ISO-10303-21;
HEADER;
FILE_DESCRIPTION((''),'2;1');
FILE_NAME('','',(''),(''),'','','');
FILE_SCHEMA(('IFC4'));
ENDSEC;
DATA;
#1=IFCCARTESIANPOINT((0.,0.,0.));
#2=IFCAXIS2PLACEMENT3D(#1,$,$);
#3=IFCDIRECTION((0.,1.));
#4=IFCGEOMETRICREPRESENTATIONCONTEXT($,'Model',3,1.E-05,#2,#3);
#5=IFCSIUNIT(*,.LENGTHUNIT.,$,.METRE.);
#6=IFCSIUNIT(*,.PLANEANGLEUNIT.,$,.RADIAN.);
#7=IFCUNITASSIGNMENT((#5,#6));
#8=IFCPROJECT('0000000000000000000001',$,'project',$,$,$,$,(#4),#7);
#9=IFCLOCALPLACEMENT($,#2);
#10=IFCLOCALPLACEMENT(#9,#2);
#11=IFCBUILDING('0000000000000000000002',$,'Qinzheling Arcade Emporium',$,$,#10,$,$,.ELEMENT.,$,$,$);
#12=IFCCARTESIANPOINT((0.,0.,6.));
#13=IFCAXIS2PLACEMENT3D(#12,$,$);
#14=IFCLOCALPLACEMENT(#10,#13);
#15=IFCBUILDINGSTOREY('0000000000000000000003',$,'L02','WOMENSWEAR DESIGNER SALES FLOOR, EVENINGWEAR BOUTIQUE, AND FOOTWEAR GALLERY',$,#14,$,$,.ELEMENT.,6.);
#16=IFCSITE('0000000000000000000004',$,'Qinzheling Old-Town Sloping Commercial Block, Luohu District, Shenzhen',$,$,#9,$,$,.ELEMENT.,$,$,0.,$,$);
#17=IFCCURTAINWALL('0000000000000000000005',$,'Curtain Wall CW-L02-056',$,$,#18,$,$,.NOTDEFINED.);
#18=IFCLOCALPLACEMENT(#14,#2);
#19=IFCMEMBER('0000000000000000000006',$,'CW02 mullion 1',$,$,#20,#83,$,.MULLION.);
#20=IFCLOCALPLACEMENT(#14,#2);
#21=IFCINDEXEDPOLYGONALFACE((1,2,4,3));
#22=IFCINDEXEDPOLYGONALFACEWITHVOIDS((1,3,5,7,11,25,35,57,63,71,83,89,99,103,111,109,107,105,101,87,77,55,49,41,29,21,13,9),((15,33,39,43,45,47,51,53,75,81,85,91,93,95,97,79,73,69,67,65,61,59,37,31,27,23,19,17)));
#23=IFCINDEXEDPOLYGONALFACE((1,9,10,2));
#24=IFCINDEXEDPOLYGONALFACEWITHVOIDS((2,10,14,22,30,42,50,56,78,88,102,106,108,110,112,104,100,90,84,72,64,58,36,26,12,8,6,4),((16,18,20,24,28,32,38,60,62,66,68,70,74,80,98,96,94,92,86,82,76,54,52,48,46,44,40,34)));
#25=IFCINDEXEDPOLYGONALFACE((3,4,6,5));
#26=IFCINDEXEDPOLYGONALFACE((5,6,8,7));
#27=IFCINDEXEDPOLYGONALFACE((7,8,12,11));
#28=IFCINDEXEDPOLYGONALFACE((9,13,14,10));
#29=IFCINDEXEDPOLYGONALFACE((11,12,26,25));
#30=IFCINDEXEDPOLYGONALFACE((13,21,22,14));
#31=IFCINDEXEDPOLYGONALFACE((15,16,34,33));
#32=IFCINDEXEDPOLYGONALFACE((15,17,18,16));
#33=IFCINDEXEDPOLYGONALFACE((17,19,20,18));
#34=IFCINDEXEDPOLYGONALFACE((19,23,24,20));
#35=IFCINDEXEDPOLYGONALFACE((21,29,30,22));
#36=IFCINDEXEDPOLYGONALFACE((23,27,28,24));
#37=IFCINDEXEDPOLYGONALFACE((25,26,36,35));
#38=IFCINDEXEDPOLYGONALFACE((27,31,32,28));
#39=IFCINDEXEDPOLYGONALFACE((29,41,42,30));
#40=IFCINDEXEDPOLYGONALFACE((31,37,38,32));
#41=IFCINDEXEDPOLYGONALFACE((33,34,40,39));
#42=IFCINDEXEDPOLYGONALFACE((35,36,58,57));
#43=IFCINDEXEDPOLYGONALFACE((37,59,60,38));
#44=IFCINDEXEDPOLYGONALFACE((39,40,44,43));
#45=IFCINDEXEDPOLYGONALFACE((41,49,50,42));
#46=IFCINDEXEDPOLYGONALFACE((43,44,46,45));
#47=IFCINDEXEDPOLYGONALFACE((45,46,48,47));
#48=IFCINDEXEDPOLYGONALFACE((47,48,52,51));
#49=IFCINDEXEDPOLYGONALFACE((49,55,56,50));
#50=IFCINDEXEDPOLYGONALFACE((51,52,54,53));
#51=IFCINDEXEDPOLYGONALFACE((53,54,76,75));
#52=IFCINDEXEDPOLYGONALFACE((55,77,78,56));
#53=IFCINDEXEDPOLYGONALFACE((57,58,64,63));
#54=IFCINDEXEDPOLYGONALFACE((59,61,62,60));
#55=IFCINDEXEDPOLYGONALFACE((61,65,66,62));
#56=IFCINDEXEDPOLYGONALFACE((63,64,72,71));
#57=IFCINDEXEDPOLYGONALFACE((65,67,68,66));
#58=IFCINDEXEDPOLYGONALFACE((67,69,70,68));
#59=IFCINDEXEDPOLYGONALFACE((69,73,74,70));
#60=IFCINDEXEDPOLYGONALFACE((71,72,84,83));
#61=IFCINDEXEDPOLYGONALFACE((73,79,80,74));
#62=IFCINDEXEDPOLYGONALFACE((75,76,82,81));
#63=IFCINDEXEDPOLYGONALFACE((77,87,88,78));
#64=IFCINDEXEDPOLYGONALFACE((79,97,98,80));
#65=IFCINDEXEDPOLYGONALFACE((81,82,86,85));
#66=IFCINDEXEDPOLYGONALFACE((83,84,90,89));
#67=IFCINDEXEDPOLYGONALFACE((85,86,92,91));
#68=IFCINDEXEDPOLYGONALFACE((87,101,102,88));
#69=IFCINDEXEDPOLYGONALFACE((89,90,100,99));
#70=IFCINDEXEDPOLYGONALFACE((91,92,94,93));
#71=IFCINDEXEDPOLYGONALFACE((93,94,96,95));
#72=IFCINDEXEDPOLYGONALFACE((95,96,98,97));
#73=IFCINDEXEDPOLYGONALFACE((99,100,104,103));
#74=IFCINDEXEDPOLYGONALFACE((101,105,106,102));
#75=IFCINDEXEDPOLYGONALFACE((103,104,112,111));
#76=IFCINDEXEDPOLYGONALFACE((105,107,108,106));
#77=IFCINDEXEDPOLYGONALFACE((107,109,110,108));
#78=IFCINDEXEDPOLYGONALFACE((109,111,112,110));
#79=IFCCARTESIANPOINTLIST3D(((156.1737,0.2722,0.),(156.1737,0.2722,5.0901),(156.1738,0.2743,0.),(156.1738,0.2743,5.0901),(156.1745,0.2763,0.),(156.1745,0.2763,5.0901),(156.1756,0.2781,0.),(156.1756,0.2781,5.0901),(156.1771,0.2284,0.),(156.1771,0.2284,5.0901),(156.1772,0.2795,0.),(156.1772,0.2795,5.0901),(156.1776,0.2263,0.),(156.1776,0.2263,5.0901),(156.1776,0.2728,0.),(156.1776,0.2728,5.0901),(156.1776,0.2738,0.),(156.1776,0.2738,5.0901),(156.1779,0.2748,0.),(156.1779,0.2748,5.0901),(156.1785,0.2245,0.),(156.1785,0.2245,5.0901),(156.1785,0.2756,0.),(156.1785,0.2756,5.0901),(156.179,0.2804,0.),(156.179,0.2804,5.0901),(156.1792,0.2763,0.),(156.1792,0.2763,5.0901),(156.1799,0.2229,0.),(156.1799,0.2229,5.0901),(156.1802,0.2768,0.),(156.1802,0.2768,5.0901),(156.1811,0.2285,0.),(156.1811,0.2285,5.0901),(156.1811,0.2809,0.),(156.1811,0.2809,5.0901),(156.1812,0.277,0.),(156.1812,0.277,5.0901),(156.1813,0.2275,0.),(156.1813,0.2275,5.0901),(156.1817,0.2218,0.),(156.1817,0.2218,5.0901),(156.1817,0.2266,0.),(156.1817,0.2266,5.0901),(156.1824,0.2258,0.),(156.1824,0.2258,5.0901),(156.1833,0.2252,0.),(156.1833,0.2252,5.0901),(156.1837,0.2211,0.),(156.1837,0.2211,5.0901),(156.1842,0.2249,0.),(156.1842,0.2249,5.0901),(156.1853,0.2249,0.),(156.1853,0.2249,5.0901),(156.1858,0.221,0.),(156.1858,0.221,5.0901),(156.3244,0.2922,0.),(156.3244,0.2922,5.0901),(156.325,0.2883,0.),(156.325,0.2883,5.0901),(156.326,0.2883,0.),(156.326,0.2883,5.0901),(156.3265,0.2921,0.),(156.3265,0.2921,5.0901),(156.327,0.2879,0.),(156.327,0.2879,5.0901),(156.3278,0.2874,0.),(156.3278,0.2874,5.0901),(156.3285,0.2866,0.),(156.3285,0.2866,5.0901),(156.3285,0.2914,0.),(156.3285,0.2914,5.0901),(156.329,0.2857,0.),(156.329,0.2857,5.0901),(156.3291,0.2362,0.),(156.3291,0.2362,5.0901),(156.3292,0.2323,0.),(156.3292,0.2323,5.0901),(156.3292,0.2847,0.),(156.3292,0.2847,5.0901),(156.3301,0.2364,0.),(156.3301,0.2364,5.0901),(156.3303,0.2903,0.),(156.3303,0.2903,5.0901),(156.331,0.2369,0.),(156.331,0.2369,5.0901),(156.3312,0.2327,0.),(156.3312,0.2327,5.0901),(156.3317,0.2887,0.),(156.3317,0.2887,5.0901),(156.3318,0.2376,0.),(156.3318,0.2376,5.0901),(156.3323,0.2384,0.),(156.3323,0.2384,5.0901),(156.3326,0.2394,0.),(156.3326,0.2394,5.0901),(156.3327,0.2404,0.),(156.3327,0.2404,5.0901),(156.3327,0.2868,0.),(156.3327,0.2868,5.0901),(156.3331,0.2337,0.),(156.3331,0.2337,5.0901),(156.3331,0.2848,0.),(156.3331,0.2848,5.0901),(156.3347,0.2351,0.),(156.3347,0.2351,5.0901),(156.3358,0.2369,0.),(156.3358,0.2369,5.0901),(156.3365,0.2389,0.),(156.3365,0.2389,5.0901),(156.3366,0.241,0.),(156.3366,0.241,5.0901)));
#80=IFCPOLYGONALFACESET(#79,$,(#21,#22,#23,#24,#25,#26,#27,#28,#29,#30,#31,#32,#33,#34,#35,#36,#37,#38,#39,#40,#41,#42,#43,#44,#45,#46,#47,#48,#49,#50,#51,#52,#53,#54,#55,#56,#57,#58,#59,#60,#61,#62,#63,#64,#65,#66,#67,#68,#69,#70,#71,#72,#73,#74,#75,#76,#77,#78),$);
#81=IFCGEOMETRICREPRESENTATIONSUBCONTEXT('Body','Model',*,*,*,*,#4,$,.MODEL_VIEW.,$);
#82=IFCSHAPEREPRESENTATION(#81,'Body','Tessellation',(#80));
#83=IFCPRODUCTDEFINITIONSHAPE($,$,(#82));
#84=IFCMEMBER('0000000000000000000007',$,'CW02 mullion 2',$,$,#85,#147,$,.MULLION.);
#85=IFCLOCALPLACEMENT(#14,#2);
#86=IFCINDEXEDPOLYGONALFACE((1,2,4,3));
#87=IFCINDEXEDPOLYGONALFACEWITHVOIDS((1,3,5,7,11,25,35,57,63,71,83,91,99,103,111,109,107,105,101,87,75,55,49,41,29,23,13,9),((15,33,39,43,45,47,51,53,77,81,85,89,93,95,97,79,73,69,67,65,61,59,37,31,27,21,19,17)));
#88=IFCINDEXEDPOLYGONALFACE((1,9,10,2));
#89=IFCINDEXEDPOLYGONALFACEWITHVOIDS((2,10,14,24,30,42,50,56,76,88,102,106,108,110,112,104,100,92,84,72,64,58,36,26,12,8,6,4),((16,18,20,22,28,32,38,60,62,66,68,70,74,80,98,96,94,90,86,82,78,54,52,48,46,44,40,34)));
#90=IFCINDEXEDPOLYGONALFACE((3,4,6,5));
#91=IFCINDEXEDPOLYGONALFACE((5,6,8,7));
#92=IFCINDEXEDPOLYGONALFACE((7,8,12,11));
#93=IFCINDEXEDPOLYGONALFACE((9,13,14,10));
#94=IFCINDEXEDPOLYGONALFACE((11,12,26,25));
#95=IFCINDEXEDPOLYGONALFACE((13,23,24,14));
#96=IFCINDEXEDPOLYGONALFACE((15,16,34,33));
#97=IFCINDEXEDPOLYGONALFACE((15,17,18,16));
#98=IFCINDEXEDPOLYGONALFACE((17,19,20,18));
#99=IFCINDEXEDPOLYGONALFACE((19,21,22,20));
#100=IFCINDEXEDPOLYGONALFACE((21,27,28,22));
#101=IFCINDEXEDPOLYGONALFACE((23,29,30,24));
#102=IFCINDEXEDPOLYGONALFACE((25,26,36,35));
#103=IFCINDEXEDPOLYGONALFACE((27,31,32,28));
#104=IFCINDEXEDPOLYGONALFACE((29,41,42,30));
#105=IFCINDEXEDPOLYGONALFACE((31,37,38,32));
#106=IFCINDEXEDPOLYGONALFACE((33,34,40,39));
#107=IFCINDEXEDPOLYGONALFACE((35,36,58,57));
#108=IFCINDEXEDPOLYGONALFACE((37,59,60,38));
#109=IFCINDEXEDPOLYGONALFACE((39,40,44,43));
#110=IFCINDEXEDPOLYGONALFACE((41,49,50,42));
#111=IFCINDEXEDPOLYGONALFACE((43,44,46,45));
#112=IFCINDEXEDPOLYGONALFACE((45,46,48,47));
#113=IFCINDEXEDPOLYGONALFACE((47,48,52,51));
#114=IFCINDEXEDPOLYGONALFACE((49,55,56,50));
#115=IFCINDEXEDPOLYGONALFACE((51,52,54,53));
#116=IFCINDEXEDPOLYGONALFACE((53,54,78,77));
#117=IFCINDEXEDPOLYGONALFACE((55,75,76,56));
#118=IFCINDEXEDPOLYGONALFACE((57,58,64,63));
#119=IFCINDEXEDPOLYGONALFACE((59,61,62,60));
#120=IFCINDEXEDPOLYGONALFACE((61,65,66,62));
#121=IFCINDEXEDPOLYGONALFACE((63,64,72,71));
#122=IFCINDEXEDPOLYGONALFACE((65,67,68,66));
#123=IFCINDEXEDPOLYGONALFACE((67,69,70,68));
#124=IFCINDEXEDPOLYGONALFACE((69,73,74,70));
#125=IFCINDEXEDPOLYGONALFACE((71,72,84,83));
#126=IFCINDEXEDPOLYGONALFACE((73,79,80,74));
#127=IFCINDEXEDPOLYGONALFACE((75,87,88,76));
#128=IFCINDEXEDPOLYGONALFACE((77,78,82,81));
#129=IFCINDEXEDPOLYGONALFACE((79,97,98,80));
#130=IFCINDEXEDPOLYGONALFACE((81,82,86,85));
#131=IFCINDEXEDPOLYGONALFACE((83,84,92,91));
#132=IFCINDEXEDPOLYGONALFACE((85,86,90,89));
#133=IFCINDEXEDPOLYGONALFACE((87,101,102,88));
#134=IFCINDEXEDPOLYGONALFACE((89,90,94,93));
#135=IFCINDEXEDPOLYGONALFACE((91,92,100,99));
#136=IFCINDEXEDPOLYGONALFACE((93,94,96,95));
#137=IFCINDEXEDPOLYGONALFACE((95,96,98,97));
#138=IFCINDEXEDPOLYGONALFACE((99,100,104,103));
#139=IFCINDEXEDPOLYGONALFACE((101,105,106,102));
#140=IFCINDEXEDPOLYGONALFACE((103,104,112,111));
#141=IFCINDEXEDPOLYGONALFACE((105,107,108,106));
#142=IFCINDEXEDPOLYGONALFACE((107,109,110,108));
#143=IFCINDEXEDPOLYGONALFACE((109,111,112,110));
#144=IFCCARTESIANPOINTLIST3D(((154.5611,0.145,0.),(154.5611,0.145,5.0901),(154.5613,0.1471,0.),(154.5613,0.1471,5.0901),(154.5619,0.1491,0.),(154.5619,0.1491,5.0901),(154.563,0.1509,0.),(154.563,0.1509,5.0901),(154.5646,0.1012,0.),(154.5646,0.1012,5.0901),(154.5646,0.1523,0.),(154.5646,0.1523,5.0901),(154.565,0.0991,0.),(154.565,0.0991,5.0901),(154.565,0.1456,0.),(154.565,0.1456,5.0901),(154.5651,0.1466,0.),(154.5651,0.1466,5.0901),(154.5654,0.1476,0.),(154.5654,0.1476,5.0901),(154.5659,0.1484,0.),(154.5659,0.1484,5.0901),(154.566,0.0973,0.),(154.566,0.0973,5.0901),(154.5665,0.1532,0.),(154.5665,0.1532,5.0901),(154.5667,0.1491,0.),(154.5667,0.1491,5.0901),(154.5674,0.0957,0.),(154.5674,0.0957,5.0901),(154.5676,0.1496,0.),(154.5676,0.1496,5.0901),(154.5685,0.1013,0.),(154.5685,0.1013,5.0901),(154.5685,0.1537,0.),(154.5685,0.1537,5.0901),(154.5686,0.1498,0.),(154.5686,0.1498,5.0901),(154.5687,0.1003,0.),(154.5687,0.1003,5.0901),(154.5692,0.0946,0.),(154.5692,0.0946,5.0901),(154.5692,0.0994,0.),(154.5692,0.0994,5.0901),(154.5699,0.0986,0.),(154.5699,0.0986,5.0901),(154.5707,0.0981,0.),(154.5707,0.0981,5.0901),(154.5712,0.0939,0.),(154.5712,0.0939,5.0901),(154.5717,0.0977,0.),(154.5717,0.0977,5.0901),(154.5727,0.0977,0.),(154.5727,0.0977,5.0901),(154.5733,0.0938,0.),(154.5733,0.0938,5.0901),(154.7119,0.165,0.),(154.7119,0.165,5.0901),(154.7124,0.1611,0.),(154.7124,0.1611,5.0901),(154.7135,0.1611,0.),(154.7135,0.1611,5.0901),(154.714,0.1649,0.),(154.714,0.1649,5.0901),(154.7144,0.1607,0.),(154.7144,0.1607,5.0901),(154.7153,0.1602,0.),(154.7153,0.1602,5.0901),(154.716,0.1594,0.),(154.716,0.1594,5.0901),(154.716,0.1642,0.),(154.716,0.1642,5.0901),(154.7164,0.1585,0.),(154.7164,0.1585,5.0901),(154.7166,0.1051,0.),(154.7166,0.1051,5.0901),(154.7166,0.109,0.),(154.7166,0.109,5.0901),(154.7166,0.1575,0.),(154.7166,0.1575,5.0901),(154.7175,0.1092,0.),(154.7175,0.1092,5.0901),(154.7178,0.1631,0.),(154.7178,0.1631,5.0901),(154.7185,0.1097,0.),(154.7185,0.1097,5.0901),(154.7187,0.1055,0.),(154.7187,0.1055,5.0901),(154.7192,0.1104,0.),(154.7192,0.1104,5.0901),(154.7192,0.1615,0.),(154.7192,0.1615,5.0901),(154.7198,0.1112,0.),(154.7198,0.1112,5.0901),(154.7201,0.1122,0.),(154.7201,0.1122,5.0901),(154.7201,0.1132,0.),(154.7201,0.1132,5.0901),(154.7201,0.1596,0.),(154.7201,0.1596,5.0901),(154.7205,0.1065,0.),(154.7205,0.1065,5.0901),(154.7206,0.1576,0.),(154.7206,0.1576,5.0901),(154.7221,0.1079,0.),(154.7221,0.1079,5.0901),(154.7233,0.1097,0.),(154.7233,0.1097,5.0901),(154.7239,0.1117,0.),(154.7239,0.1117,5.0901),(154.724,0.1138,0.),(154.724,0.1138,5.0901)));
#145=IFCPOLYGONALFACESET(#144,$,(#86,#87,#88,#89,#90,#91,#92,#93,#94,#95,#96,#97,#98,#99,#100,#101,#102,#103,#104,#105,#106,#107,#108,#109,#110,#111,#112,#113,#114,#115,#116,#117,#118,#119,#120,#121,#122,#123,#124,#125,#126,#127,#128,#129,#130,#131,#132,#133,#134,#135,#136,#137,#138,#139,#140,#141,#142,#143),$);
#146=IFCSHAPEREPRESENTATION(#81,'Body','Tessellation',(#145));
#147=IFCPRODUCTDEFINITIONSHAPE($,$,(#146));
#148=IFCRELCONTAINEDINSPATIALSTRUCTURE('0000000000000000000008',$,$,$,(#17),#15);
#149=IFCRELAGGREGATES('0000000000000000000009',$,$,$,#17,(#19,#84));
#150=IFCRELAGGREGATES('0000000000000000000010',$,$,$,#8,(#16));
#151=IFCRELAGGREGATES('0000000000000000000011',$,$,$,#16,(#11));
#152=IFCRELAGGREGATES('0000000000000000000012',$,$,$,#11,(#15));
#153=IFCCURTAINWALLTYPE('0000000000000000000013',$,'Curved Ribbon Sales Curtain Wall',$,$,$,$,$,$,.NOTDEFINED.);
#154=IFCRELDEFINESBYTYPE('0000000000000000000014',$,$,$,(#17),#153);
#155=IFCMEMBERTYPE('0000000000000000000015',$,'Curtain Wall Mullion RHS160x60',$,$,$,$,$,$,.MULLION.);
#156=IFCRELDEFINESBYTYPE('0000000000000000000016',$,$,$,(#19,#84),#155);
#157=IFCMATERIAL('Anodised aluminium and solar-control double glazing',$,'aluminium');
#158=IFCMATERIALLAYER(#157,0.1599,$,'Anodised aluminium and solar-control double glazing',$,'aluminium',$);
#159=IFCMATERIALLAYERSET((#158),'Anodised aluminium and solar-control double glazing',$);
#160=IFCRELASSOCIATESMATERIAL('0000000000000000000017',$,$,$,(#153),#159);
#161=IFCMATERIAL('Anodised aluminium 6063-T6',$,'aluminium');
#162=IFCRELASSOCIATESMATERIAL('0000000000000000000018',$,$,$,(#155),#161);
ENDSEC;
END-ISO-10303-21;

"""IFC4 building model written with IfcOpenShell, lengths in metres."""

from ifc_helpers import new_model, si_unit, direction, frame, origin, origin_2d, place, context, subcontext, project, spatial, hollow_rectangle, extrude, material, layer, layer_set, material_profile, profile_set, type_object, element, aggregate, save


model = new_model("IFC4")

# Units and contexts
model_context = context("Model", 3, precision=1e-05, world=origin(), true_north=direction((0.0, 1.0)))
body_context = subcontext(model_context, "Body", "Model", "MODEL_VIEW")
ifc_project = project(units=[si_unit("LENGTHUNIT", "METRE"), si_unit("PLANEANGLEUNIT", "RADIAN")], contexts=[model_context])

# Site, building, storey
site_placement = place(None, origin())
site = spatial("IfcSite", under=ifc_project, at=site_placement, Name="Qinzheling Old-Town Sloping Commercial Block, Luohu District, Shenzhen", CompositionType="ELEMENT", RefElevation=0.0)
building_placement = place(site_placement, origin())
building = spatial("IfcBuilding", under=site, at=building_placement, Name="Qinzheling Arcade Emporium", CompositionType="ELEMENT")
storey_placement = place(building_placement, frame((0.0, 0.0, 6.0)))
storey = spatial("IfcBuildingStorey", under=building, at=storey_placement, Name="L02", Description="WOMENSWEAR DESIGNER SALES FLOOR, EVENINGWEAR BOUTIQUE, AND FOOTWEAR GALLERY", CompositionType="ELEMENT", Elevation=6.0)

# Curtain wall, members
ifc_material_1 = material(Name="Anodised aluminium and solar-control double glazing", Category="aluminium")
ifc_layer_1 = layer(ifc_material_1, 0.1599, Name="Anodised aluminium and solar-control double glazing", Category="aluminium")
ifc_layer_set_1 = layer_set([ifc_layer_1], Name="Anodised aluminium and solar-control double glazing")
curtain_wall_type = type_object("IfcCurtainWallType", Name="Curved Ribbon Sales Curtain Wall", PredefinedType="NOTDEFINED", material=ifc_layer_set_1)
ifc_material_2 = material(Name="Anodised aluminium 6063-T6", Category="aluminium")
ifc_material_profile_1 = material_profile(ifc_material_2, hollow_rectangle(XDim=0.0601, YDim=0.1599, WallThickness=0.0039, InnerFilletRadius=0.0039, OuterFilletRadius=0.0081, at=origin_2d()), Name="RHS 160x60x4", Category="aluminium")
ifc_profile_set_1 = profile_set([ifc_material_profile_1], Name="Anodised aluminium 6063-T6")
member_type_1 = type_object("IfcMemberType", Name="Curtain Wall Mullion RHS160x60", PredefinedType="MULLION", material=ifc_profile_set_1)
curtain_wall_1_placement = place(storey_placement, origin())
curtain_wall_1 = element("IfcCurtainWall", 1, at=curtain_wall_1_placement, inside=storey, type_object=curtain_wall_type, Name="Curtain Wall CW-L02-056", PredefinedType="NOTDEFINED")
member_1_placement = place(storey_placement, frame((156.2551, 0.2566, 0.0), z_axis=(0.0, 0.0, 1.0), x_axis=(0.078599, -0.996906, 0.0)))
member_1 = element("IfcMember", 2, at=member_1_placement, type_object=member_type_1, Name="CW02 mullion 1", PredefinedType="MULLION", context=body_context, shape_type="SweptSolid", body=[
    extrude(hollow_rectangle(XDim=0.0601, YDim=0.1599, WallThickness=0.0039, InnerFilletRadius=0.0039, OuterFilletRadius=0.0081, at=origin_2d()), origin(), (0.0, 0.0, 1.0), 5.0901),
])
member_2_placement = place(storey_placement, frame((154.6426, 0.1294, 0.0), z_axis=(0.0, 0.0, 1.0), x_axis=(0.078599, -0.996906, 0.0)))
member_2 = element("IfcMember", 3, at=member_2_placement, type_object=member_type_1, Name="CW02 mullion 2", PredefinedType="MULLION", context=body_context, shape_type="SweptSolid", body=[
    extrude(hollow_rectangle(XDim=0.0601, YDim=0.1599, WallThickness=0.0039, InnerFilletRadius=0.0039, OuterFilletRadius=0.0081, at=origin_2d()), origin(), (0.0, 0.0, 1.0), 5.0901),
])

aggregate(curtain_wall_1, [member_1, member_2])

save(model, "model.ifc")
